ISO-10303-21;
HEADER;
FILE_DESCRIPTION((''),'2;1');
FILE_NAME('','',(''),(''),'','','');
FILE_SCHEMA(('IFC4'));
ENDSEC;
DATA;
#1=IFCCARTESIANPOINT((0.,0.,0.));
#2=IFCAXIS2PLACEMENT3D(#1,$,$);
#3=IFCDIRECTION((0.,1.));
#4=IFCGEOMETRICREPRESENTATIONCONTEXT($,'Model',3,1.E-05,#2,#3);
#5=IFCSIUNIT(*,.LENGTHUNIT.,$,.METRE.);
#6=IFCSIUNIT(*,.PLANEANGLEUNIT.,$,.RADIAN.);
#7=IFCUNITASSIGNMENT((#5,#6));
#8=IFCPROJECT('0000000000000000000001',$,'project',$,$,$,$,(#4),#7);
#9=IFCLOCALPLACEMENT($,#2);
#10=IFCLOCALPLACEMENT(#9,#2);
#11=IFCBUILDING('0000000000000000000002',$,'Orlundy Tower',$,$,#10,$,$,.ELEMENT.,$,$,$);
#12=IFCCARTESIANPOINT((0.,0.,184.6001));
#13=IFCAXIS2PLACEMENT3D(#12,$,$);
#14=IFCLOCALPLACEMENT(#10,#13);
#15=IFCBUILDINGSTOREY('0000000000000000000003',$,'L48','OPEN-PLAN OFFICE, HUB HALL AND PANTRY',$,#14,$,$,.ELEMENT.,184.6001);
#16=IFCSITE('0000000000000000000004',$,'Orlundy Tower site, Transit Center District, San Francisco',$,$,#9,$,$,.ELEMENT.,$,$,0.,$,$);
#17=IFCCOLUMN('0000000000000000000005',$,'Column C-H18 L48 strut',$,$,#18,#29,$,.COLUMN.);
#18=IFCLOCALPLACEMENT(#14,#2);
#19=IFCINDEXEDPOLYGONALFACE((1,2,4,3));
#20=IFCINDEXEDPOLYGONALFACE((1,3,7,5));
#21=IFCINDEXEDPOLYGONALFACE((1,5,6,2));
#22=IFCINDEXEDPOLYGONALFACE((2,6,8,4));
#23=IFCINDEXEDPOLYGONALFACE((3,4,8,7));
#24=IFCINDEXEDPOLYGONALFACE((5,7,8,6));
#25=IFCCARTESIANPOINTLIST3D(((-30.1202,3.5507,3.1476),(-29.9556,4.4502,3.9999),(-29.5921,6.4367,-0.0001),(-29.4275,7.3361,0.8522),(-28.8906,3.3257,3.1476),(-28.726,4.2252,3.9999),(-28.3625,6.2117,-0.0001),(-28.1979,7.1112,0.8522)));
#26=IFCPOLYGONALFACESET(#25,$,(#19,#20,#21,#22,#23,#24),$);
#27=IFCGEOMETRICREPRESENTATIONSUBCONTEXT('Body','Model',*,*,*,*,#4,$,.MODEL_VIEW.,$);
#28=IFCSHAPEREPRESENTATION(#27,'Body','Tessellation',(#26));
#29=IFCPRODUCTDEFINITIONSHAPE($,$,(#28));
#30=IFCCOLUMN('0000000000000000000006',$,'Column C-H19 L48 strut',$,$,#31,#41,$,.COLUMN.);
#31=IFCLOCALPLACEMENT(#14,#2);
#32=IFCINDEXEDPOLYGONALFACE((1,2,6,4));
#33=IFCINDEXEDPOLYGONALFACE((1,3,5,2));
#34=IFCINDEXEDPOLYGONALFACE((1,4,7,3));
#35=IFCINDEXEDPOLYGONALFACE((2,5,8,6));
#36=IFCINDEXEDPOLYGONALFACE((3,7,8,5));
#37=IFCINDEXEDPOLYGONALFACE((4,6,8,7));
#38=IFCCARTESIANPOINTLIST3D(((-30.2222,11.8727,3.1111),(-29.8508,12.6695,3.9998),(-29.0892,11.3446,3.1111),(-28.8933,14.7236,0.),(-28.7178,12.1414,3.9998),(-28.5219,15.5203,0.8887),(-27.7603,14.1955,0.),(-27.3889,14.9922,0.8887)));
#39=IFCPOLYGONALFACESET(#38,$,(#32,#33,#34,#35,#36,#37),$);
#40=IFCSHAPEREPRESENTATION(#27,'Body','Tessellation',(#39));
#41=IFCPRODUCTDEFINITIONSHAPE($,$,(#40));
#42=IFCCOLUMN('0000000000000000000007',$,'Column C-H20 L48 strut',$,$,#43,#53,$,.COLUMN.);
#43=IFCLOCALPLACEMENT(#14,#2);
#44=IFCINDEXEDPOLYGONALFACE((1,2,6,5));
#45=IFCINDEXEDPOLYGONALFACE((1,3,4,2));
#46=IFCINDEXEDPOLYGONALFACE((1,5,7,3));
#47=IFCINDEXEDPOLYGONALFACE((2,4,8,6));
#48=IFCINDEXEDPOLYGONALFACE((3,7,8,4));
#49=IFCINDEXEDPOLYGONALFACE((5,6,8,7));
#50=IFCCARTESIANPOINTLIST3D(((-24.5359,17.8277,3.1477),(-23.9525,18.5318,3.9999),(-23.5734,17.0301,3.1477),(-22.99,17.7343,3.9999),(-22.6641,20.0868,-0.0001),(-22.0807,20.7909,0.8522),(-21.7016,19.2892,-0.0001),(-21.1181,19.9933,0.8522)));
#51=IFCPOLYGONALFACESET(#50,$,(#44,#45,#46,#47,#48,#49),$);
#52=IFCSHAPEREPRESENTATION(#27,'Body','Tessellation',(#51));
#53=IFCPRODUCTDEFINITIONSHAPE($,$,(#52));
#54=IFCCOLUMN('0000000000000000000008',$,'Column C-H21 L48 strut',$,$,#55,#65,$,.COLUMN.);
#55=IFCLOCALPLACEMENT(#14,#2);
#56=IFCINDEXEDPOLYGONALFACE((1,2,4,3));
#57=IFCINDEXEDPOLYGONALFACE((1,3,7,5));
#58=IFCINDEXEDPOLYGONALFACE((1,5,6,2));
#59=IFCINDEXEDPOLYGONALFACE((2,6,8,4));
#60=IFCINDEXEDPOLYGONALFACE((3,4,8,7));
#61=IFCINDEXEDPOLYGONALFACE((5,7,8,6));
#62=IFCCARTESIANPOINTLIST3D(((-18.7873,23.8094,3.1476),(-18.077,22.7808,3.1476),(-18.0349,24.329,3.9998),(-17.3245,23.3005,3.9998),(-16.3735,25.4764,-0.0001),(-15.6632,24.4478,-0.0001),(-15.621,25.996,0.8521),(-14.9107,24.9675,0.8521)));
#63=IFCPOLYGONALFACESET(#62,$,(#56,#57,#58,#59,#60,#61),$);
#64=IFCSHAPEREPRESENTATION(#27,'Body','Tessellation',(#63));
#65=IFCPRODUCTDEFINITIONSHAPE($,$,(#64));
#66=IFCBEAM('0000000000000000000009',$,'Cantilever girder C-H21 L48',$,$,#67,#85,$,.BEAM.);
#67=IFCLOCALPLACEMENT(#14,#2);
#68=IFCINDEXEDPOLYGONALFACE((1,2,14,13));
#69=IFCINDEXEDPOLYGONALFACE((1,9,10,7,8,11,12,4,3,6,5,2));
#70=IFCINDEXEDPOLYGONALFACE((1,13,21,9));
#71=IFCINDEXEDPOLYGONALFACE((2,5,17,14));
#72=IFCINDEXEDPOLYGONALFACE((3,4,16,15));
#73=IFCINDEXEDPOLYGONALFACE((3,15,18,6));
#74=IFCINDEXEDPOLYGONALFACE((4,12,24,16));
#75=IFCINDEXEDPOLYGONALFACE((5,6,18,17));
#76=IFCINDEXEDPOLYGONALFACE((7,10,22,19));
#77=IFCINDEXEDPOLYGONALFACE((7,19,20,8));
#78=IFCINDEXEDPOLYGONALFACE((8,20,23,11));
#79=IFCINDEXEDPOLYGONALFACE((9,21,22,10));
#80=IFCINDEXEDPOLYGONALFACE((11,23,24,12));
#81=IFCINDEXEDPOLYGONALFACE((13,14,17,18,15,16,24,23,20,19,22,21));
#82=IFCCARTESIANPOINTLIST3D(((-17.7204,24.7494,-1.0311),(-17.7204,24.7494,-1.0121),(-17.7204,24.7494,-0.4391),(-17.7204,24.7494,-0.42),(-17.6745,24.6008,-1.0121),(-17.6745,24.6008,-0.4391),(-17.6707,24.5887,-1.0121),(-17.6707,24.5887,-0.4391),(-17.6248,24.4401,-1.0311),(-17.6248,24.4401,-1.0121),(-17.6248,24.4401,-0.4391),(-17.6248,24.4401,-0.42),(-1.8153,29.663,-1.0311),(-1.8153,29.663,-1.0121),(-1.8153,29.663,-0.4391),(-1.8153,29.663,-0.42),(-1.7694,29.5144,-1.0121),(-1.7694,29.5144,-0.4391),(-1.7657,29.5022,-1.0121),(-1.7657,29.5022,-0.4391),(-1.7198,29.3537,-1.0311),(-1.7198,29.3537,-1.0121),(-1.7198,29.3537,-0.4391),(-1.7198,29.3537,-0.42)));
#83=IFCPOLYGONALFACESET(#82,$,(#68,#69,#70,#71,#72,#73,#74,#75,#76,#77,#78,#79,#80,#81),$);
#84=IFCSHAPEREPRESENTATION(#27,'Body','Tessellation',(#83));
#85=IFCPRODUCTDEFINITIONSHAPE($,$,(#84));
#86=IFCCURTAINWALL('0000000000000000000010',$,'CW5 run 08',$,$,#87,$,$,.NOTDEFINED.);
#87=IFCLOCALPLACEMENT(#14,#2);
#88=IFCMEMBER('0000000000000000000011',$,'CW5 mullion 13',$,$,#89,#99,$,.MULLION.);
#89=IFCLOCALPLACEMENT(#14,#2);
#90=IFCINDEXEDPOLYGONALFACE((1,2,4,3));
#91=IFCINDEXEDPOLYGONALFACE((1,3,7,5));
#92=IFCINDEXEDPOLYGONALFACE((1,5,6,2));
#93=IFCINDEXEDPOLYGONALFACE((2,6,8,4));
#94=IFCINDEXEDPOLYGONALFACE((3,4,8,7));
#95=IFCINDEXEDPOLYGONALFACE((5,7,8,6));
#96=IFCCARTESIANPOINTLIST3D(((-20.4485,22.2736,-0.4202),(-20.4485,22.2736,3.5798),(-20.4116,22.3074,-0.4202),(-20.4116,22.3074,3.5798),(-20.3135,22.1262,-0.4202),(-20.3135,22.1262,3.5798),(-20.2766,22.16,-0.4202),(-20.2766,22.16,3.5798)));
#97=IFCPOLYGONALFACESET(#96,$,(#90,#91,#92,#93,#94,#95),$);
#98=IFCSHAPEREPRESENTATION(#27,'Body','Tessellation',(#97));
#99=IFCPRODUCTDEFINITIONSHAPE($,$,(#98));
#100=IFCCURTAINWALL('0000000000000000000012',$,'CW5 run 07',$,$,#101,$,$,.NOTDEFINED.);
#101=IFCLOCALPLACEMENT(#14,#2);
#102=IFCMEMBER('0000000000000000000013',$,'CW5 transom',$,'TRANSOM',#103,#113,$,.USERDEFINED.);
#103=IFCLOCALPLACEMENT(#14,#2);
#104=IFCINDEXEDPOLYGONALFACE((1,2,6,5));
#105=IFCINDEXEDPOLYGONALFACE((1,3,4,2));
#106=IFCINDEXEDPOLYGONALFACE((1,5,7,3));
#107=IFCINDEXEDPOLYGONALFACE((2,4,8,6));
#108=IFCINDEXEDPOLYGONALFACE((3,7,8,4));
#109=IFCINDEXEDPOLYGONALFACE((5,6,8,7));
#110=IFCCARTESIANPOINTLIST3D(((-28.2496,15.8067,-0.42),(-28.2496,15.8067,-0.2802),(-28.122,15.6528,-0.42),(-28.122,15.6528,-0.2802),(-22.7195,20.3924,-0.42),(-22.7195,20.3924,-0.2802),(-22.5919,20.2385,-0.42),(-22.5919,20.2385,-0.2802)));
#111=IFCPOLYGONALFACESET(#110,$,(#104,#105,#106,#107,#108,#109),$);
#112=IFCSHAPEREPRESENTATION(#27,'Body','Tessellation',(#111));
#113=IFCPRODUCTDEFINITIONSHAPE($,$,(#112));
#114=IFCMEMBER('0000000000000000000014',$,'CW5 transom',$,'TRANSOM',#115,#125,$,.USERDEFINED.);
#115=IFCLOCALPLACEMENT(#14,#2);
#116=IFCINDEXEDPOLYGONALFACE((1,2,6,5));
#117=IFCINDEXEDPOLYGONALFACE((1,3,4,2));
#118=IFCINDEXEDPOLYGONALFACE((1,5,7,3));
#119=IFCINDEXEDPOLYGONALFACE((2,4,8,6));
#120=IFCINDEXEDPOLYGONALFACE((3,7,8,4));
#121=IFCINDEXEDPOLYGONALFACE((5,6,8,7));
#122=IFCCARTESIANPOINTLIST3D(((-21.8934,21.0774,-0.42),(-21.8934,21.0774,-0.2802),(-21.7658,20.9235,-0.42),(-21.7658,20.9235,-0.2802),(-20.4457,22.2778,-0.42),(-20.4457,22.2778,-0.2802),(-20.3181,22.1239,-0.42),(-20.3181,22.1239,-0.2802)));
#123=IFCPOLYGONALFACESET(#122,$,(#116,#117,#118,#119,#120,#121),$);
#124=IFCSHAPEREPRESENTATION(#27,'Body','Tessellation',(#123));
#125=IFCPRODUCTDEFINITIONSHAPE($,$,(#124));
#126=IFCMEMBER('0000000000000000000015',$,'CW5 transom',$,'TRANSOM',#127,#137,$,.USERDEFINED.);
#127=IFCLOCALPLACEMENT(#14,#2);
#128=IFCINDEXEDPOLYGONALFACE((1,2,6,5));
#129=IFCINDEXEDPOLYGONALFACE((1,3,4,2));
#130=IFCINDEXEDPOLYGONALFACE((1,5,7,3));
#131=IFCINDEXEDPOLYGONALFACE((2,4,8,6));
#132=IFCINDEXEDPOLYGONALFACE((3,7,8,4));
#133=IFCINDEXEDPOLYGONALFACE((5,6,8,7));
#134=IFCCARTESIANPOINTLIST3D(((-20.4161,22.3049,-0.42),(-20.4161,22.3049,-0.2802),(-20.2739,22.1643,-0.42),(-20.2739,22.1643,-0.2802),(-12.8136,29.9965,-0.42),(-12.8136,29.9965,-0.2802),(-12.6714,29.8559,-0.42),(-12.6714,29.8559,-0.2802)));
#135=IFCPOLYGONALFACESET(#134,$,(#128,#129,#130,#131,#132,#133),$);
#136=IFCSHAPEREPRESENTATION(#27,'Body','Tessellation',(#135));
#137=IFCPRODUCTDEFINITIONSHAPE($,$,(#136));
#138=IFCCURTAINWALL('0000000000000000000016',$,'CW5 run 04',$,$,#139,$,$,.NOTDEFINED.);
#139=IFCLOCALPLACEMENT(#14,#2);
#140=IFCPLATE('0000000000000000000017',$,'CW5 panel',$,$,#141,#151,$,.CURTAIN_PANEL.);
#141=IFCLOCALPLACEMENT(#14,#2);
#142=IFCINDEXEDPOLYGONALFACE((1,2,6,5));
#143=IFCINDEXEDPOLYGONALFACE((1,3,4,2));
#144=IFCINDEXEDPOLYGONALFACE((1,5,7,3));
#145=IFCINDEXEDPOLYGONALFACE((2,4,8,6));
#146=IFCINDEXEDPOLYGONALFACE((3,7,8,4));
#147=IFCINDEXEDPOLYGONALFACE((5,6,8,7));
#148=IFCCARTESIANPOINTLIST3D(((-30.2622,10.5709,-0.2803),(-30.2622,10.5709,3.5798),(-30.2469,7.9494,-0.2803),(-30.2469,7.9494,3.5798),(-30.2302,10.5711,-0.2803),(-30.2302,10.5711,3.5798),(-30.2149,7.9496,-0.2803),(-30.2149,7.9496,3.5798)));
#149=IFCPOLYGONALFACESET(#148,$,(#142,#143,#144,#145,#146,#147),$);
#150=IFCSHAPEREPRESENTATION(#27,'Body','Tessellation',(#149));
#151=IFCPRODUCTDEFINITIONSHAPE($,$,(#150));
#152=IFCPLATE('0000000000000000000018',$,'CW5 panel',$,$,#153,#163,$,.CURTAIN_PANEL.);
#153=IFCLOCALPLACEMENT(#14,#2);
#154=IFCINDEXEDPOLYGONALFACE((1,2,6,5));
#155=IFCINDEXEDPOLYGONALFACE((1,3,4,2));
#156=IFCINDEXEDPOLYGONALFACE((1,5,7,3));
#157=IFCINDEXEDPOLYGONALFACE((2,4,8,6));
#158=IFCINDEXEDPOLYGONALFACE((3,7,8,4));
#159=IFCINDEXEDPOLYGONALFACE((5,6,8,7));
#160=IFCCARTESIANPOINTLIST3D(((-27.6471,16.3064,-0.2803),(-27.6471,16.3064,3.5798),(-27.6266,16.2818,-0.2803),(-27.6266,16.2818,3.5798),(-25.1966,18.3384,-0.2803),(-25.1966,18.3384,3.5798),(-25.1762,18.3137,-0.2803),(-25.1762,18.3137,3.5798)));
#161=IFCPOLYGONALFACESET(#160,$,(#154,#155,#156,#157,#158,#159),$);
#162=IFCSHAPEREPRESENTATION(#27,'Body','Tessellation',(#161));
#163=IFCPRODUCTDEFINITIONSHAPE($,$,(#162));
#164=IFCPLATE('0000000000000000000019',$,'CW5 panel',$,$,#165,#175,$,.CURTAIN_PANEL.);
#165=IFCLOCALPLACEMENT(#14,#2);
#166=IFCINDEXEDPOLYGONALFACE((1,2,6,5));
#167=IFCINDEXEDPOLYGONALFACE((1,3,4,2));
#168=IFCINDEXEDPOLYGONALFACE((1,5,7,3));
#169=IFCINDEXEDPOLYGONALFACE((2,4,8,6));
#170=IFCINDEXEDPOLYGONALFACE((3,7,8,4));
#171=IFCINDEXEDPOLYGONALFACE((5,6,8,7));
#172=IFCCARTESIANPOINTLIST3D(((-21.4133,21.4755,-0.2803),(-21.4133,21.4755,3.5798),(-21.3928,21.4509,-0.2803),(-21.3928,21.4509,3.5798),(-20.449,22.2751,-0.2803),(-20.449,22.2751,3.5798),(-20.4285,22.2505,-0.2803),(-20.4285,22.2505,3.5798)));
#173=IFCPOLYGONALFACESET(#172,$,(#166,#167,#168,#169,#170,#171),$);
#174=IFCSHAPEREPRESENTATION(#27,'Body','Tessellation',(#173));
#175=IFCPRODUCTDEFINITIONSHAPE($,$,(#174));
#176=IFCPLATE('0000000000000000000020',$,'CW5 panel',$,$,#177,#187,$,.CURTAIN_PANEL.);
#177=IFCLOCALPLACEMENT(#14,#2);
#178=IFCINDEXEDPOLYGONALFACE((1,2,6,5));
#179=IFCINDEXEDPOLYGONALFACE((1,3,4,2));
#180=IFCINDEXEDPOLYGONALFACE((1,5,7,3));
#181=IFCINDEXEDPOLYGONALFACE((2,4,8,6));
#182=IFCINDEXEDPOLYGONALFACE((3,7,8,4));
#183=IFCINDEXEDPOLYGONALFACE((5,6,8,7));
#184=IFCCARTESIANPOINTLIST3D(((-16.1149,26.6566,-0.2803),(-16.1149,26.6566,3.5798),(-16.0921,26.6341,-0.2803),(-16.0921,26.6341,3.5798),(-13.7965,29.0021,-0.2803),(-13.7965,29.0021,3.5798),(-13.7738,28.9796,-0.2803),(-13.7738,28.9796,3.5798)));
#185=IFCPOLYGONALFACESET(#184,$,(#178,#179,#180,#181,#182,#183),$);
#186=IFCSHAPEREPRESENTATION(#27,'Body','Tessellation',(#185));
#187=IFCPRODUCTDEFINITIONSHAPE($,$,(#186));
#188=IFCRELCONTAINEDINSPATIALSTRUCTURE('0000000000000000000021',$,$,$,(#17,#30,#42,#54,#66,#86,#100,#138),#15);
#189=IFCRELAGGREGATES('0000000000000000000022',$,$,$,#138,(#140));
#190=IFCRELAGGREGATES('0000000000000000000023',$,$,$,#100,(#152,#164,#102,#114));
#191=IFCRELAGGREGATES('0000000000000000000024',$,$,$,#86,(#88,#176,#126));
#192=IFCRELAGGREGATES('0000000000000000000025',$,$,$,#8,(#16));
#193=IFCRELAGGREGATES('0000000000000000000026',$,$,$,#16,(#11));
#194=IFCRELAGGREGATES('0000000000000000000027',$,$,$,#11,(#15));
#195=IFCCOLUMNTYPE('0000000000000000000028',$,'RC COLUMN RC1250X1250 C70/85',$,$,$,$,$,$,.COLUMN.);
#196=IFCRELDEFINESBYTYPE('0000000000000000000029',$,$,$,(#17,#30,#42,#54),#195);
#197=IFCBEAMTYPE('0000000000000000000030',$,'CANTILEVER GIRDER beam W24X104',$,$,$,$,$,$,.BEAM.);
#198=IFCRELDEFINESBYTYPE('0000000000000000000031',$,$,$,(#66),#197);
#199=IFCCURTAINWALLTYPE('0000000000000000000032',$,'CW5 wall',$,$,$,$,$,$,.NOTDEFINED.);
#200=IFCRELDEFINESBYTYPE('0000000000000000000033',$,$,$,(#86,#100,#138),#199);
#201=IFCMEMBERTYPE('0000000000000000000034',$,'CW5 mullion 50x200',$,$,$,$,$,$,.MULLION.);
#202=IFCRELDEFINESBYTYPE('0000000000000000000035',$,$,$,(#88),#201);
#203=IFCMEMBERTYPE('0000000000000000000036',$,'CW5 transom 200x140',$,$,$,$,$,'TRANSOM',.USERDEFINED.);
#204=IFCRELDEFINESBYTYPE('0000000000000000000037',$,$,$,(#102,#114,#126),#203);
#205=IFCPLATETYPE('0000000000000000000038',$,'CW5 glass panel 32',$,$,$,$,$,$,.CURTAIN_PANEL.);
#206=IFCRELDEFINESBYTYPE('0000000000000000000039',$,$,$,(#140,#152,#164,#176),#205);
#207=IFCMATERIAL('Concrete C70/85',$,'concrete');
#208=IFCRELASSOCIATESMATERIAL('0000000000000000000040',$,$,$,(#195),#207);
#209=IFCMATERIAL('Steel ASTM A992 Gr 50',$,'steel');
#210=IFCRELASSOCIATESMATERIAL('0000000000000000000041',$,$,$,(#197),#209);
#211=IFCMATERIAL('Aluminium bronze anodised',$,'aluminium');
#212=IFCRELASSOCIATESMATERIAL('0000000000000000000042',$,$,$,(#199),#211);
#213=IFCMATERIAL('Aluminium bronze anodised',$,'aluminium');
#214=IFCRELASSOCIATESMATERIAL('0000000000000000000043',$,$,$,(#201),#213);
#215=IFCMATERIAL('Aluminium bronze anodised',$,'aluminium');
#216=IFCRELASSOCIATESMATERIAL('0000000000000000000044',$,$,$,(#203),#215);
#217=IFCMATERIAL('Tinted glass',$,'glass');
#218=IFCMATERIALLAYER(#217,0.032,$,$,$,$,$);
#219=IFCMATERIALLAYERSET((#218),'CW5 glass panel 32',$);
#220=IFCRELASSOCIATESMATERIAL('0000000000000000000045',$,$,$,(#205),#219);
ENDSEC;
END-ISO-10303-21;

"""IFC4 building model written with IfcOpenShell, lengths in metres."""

from ifc_helpers import new_model, si_unit, direction, frame, origin, origin_2d, place, context, subcontext, project, spatial, rectangle, i_section, extrude, material, layer, layer_set, material_profile, profile_set, type_object, element, aggregate, save


model = new_model("IFC4")

# Units and contexts
model_context = context("Model", 3, precision=1e-05, world=origin(), true_north=direction((0.0, 1.0)))
body_context = subcontext(model_context, "Body", "Model", "MODEL_VIEW")
ifc_project = project(units=[si_unit("LENGTHUNIT", "METRE"), si_unit("PLANEANGLEUNIT", "RADIAN")], contexts=[model_context])

# Site, building, storey
site_placement = place(None, origin())
site = spatial("IfcSite", under=ifc_project, at=site_placement, Name="Orlundy Tower site, Transit Center District, San Francisco", CompositionType="ELEMENT", RefElevation=0.0)
building_placement = place(site_placement, origin())
building = spatial("IfcBuilding", under=site, at=building_placement, Name="Orlundy Tower", CompositionType="ELEMENT")
storey_placement = place(building_placement, frame((0.0, 0.0, 184.6001)))
storey = spatial("IfcBuildingStorey", under=building, at=storey_placement, Name="L48", Description="OPEN-PLAN OFFICE, HUB HALL AND PANTRY", CompositionType="ELEMENT", Elevation=184.6001)

# Columns
ifc_material_1 = material(Name="Concrete C70/85", Category="concrete")
ifc_material_profile_1 = material_profile(ifc_material_1, rectangle(XDim=1.25, YDim=1.25, at=origin_2d()), Name="RC1250X1250")
ifc_profile_set_1 = profile_set([ifc_material_profile_1], Name="Concrete C70/85")
column_type = type_object("IfcColumnType", Name="RC COLUMN RC1250X1250 C70/85", PredefinedType="COLUMN", material=ifc_profile_set_1)
column_1_placement = place(storey_placement, frame((-28.895, 6.7739, 0.426), z_axis=(-0.122723, -0.670691, 0.731514), x_axis=(0.983668, -0.179991, 0.0)))
element("IfcColumn", 1, at=column_1_placement, inside=storey, type_object=column_type, Name="Column C-H18 L48 strut", PredefinedType="COLUMN", context=body_context, shape_type="SweptSolid", body=[
    extrude(rectangle(XDim=1.25, YDim=1.25, at=origin_2d()), origin(), (0.0, 0.0, 1.0), 4.303),
])
column_2_placement = place(storey_placement, frame((-28.1411, 14.8579, 0.4443), z_axis=(-0.300373, -0.644398, 0.703226), x_axis=(0.906369, -0.422486, 0.0)))
element("IfcColumn", 2, at=column_2_placement, inside=storey, type_object=column_type, Name="Column C-H19 L48 strut", PredefinedType="COLUMN", context=body_context, shape_type="SweptSolid", body=[
    extrude(rectangle(XDim=1.25, YDim=1.25, at=origin_2d()), origin(), (0.0, 0.0, 1.0), 4.4241),
])
column_3_placement = place(storey_placement, frame((-21.8911, 20.04, 0.426), z_axis=(-0.435014, -0.525002, 0.73153), x_axis=(0.770012, -0.638029, 0.0)))
element("IfcColumn", 3, at=column_3_placement, inside=storey, type_object=column_type, Name="Column C-H20 L48 strut", PredefinedType="COLUMN", context=body_context, shape_type="SweptSolid", body=[
    extrude(rectangle(XDim=1.25, YDim=1.25, at=origin_2d()), origin(), (0.0, 0.0, 1.0), 4.303),
])
column_4_placement = place(storey_placement, frame((-15.6421, 25.2219, 0.426), z_axis=(-0.560998, -0.387427, 0.731561), x_axis=(0.568262, -0.822848, 0.0)))
element("IfcColumn", 4, at=column_4_placement, inside=storey, type_object=column_type, Name="Column C-H21 L48 strut", PredefinedType="COLUMN", context=body_context, shape_type="SweptSolid", body=[
    extrude(rectangle(XDim=1.25, YDim=1.25, at=origin_2d()), origin(), (0.0, 0.0, 1.0), 4.3027),
])

# Beam
ifc_material_2 = material(Name="Steel ASTM A992 Gr 50", Category="steel")
ifc_material_profile_2 = material_profile(ifc_material_2, i_section(OverallWidth=0.3237, OverallDepth=0.6111, WebThickness=0.0127, FlangeThickness=0.019, at=origin_2d()), Name="W24X104")
ifc_profile_set_2 = profile_set([ifc_material_profile_2], Name="Steel ASTM A992 Gr 50")
beam_type = type_object("IfcBeamType", Name="CANTILEVER GIRDER beam W24X104", PredefinedType="BEAM", material=ifc_profile_set_2)
beam_placement = place(storey_placement, frame((-17.6726, 24.5947, -0.7256), z_axis=(0.955445, 0.295168, 0.0), x_axis=(-0.295168, 0.955445, 0.0)))
element("IfcBeam", 5, at=beam_placement, inside=storey, type_object=beam_type, Name="Cantilever girder C-H21 L48", PredefinedType="BEAM", context=body_context, shape_type="SweptSolid", body=[
    extrude(i_section(OverallWidth=0.3237, OverallDepth=0.6111, WebThickness=0.0127, FlangeThickness=0.019, at=origin_2d()), origin(), (0.0, 0.0, 1.0), 16.6467),
])

# Curtain wall, member
ifc_material_3 = material(Name="Aluminium bronze anodised", Category="aluminium")
curtain_wall_type = type_object("IfcCurtainWallType", Name="CW5 wall", PredefinedType="NOTDEFINED", material=ifc_material_3)
curtain_wall_1_placement = place(storey_placement, origin())
curtain_wall_1 = element("IfcCurtainWall", 6, at=curtain_wall_1_placement, inside=storey, type_object=curtain_wall_type, Name="CW5 run 08", PredefinedType="NOTDEFINED")
ifc_material_4 = material(Name="Aluminium bronze anodised", Category="aluminium")
ifc_material_profile_3 = material_profile(ifc_material_4, rectangle(XDim=0.2, YDim=0.05, at=origin_2d()), Name="CW5 mullion 50x200")
ifc_profile_set_3 = profile_set([ifc_material_profile_3], Name="Aluminium bronze anodised")
member_type_1 = type_object("IfcMemberType", Name="CW5 mullion 50x200", PredefinedType="MULLION", material=ifc_profile_set_3)
member_1_placement = place(storey_placement, frame((-20.3625, 22.2168, -0.4202), z_axis=(0.0, 0.0, 1.0), x_axis=(-0.675585, 0.737282, 0.0)))
member_1 = element("IfcMember", 7, at=member_1_placement, type_object=member_type_1, Name="CW5 mullion 13", PredefinedType="MULLION", context=body_context, shape_type="SweptSolid", body=[
    extrude(rectangle(XDim=0.2, YDim=0.05, at=origin_2d()), origin(), (0.0, 0.0, 1.0), 4.0),
])

# Curtain wall, members
curtain_wall_2_placement = place(storey_placement, origin())
curtain_wall_2 = element("IfcCurtainWall", 8, at=curtain_wall_2_placement, inside=storey, type_object=curtain_wall_type, Name="CW5 run 07", PredefinedType="NOTDEFINED")
ifc_material_5 = material(Name="Aluminium bronze anodised", Category="aluminium")
ifc_material_profile_4 = material_profile(ifc_material_5, rectangle(XDim=0.2, YDim=0.1399, at=origin_2d()), Name="CW5 transom 200x140")
ifc_profile_set_4 = profile_set([ifc_material_profile_4], Name="Aluminium bronze anodised")
member_type_2 = type_object("IfcMemberType", Name="CW5 transom 200x140", ElementType="TRANSOM", PredefinedType="USERDEFINED", material=ifc_profile_set_4)
member_2_placement = place(storey_placement, frame((-28.1858, 15.7297, -0.3501), z_axis=(0.769771, 0.638321, 0.0), x_axis=(-0.638321, 0.769771, 0.0)))
member_2 = element("IfcMember", 9, at=member_2_placement, type_object=member_type_2, Name="CW5 transom", ObjectType="TRANSOM", PredefinedType="USERDEFINED", context=body_context, shape_type="SweptSolid", body=[
    extrude(rectangle(XDim=0.2, YDim=0.1399, at=origin_2d()), origin(), (0.0, 0.0, 1.0), 7.1841),
])
member_3_placement = place(storey_placement, frame((-21.8296, 21.0005, -0.3501), z_axis=(0.769794, 0.638293, 0.0), x_axis=(-0.638293, 0.769794, 0.0)))
member_3 = element("IfcMember", 10, at=member_3_placement, type_object=member_type_2, Name="CW5 transom", ObjectType="TRANSOM", PredefinedType="USERDEFINED", context=body_context, shape_type="SweptSolid", body=[
    extrude(rectangle(XDim=0.2, YDim=0.1399, at=origin_2d()), origin(), (0.0, 0.0, 1.0), 1.8806),
])

# Member
member_4_placement = place(storey_placement, frame((-20.345, 22.2346, -0.3501), z_axis=(0.702975, 0.711215, 0.0), x_axis=(-0.711215, 0.702975, 0.0)))
member_4 = element("IfcMember", 11, at=member_4_placement, type_object=member_type_2, Name="CW5 transom", ObjectType="TRANSOM", PredefinedType="USERDEFINED", context=body_context, shape_type="SweptSolid", body=[
    extrude(rectangle(XDim=0.2, YDim=0.1399, at=origin_2d()), origin(), (0.0, 0.0, 1.0), 10.8147),
])

# Curtain wall, plate
curtain_wall_3_placement = place(storey_placement, origin())
curtain_wall_3 = element("IfcCurtainWall", 12, at=curtain_wall_3_placement, inside=storey, type_object=curtain_wall_type, Name="CW5 run 04", PredefinedType="NOTDEFINED")
ifc_material_6 = material(Name="Tinted glass", Category="glass")
ifc_layer_1 = layer(ifc_material_6, 0.032)
ifc_layer_set_1 = layer_set([ifc_layer_1], Name="CW5 glass panel 32")
plate_type_1 = type_object("IfcPlateType", Name="CW5 glass panel 32", PredefinedType="CURTAIN_PANEL", material=ifc_layer_set_1)
plate_1_placement = place(storey_placement, frame((-30.2385, 9.2603, -0.2803), z_axis=(0.0, 0.0, 1.0), x_axis=(-0.005848, 0.999983, 0.0)))
plate_1 = element("IfcPlate", 13, at=plate_1_placement, type_object=plate_type_1, Name="CW5 panel", PredefinedType="CURTAIN_PANEL", context=body_context, shape_type="SweptSolid", body=[
    extrude(rectangle(XDim=2.6216, YDim=0.032, at=origin_2d()), origin(), (0.0, 0.0, 1.0), 3.8601),
])
aggregate(curtain_wall_3, [plate_1])

# Plates
plate_2_placement = place(storey_placement, frame((-26.4116, 17.3101, -0.2803), z_axis=(0.0, 0.0, 1.0), x_axis=(0.769778, 0.638312, 0.0)))
plate_2 = element("IfcPlate", 14, at=plate_2_placement, type_object=plate_type_1, Name="CW5 panel", PredefinedType="CURTAIN_PANEL", context=body_context, shape_type="SweptSolid", body=[
    extrude(rectangle(XDim=3.1833, YDim=0.032, at=origin_2d()), origin(), (0.0, 0.0, 1.0), 3.8601),
])
plate_3_placement = place(storey_placement, frame((-20.9209, 21.863, -0.2803), z_axis=(0.0, 0.0, 1.0), x_axis=(0.769778, 0.638312, 0.0)))
plate_3 = element("IfcPlate", 15, at=plate_3_placement, type_object=plate_type_1, Name="CW5 panel", PredefinedType="CURTAIN_PANEL", context=body_context, shape_type="SweptSolid", body=[
    extrude(rectangle(XDim=1.2527, YDim=0.032, at=origin_2d()), origin(), (0.0, 0.0, 1.0), 3.8601),
])
aggregate(curtain_wall_2, [plate_2, plate_3, member_2, member_3])
plate_4_placement = place(storey_placement, frame((-14.9443, 27.8181, -0.2803), z_axis=(0.0, 0.0, 1.0), x_axis=(0.702983, 0.711206, 0.0)))
plate_4 = element("IfcPlate", 16, at=plate_4_placement, type_object=plate_type_1, Name="CW5 panel", PredefinedType="CURTAIN_PANEL", context=body_context, shape_type="SweptSolid", body=[
    extrude(rectangle(XDim=3.2979, YDim=0.032, at=origin_2d()), origin(), (0.0, 0.0, 1.0), 3.8601),
])
aggregate(curtain_wall_1, [member_1, plate_4, member_4])

save(model, "model.ifc")
